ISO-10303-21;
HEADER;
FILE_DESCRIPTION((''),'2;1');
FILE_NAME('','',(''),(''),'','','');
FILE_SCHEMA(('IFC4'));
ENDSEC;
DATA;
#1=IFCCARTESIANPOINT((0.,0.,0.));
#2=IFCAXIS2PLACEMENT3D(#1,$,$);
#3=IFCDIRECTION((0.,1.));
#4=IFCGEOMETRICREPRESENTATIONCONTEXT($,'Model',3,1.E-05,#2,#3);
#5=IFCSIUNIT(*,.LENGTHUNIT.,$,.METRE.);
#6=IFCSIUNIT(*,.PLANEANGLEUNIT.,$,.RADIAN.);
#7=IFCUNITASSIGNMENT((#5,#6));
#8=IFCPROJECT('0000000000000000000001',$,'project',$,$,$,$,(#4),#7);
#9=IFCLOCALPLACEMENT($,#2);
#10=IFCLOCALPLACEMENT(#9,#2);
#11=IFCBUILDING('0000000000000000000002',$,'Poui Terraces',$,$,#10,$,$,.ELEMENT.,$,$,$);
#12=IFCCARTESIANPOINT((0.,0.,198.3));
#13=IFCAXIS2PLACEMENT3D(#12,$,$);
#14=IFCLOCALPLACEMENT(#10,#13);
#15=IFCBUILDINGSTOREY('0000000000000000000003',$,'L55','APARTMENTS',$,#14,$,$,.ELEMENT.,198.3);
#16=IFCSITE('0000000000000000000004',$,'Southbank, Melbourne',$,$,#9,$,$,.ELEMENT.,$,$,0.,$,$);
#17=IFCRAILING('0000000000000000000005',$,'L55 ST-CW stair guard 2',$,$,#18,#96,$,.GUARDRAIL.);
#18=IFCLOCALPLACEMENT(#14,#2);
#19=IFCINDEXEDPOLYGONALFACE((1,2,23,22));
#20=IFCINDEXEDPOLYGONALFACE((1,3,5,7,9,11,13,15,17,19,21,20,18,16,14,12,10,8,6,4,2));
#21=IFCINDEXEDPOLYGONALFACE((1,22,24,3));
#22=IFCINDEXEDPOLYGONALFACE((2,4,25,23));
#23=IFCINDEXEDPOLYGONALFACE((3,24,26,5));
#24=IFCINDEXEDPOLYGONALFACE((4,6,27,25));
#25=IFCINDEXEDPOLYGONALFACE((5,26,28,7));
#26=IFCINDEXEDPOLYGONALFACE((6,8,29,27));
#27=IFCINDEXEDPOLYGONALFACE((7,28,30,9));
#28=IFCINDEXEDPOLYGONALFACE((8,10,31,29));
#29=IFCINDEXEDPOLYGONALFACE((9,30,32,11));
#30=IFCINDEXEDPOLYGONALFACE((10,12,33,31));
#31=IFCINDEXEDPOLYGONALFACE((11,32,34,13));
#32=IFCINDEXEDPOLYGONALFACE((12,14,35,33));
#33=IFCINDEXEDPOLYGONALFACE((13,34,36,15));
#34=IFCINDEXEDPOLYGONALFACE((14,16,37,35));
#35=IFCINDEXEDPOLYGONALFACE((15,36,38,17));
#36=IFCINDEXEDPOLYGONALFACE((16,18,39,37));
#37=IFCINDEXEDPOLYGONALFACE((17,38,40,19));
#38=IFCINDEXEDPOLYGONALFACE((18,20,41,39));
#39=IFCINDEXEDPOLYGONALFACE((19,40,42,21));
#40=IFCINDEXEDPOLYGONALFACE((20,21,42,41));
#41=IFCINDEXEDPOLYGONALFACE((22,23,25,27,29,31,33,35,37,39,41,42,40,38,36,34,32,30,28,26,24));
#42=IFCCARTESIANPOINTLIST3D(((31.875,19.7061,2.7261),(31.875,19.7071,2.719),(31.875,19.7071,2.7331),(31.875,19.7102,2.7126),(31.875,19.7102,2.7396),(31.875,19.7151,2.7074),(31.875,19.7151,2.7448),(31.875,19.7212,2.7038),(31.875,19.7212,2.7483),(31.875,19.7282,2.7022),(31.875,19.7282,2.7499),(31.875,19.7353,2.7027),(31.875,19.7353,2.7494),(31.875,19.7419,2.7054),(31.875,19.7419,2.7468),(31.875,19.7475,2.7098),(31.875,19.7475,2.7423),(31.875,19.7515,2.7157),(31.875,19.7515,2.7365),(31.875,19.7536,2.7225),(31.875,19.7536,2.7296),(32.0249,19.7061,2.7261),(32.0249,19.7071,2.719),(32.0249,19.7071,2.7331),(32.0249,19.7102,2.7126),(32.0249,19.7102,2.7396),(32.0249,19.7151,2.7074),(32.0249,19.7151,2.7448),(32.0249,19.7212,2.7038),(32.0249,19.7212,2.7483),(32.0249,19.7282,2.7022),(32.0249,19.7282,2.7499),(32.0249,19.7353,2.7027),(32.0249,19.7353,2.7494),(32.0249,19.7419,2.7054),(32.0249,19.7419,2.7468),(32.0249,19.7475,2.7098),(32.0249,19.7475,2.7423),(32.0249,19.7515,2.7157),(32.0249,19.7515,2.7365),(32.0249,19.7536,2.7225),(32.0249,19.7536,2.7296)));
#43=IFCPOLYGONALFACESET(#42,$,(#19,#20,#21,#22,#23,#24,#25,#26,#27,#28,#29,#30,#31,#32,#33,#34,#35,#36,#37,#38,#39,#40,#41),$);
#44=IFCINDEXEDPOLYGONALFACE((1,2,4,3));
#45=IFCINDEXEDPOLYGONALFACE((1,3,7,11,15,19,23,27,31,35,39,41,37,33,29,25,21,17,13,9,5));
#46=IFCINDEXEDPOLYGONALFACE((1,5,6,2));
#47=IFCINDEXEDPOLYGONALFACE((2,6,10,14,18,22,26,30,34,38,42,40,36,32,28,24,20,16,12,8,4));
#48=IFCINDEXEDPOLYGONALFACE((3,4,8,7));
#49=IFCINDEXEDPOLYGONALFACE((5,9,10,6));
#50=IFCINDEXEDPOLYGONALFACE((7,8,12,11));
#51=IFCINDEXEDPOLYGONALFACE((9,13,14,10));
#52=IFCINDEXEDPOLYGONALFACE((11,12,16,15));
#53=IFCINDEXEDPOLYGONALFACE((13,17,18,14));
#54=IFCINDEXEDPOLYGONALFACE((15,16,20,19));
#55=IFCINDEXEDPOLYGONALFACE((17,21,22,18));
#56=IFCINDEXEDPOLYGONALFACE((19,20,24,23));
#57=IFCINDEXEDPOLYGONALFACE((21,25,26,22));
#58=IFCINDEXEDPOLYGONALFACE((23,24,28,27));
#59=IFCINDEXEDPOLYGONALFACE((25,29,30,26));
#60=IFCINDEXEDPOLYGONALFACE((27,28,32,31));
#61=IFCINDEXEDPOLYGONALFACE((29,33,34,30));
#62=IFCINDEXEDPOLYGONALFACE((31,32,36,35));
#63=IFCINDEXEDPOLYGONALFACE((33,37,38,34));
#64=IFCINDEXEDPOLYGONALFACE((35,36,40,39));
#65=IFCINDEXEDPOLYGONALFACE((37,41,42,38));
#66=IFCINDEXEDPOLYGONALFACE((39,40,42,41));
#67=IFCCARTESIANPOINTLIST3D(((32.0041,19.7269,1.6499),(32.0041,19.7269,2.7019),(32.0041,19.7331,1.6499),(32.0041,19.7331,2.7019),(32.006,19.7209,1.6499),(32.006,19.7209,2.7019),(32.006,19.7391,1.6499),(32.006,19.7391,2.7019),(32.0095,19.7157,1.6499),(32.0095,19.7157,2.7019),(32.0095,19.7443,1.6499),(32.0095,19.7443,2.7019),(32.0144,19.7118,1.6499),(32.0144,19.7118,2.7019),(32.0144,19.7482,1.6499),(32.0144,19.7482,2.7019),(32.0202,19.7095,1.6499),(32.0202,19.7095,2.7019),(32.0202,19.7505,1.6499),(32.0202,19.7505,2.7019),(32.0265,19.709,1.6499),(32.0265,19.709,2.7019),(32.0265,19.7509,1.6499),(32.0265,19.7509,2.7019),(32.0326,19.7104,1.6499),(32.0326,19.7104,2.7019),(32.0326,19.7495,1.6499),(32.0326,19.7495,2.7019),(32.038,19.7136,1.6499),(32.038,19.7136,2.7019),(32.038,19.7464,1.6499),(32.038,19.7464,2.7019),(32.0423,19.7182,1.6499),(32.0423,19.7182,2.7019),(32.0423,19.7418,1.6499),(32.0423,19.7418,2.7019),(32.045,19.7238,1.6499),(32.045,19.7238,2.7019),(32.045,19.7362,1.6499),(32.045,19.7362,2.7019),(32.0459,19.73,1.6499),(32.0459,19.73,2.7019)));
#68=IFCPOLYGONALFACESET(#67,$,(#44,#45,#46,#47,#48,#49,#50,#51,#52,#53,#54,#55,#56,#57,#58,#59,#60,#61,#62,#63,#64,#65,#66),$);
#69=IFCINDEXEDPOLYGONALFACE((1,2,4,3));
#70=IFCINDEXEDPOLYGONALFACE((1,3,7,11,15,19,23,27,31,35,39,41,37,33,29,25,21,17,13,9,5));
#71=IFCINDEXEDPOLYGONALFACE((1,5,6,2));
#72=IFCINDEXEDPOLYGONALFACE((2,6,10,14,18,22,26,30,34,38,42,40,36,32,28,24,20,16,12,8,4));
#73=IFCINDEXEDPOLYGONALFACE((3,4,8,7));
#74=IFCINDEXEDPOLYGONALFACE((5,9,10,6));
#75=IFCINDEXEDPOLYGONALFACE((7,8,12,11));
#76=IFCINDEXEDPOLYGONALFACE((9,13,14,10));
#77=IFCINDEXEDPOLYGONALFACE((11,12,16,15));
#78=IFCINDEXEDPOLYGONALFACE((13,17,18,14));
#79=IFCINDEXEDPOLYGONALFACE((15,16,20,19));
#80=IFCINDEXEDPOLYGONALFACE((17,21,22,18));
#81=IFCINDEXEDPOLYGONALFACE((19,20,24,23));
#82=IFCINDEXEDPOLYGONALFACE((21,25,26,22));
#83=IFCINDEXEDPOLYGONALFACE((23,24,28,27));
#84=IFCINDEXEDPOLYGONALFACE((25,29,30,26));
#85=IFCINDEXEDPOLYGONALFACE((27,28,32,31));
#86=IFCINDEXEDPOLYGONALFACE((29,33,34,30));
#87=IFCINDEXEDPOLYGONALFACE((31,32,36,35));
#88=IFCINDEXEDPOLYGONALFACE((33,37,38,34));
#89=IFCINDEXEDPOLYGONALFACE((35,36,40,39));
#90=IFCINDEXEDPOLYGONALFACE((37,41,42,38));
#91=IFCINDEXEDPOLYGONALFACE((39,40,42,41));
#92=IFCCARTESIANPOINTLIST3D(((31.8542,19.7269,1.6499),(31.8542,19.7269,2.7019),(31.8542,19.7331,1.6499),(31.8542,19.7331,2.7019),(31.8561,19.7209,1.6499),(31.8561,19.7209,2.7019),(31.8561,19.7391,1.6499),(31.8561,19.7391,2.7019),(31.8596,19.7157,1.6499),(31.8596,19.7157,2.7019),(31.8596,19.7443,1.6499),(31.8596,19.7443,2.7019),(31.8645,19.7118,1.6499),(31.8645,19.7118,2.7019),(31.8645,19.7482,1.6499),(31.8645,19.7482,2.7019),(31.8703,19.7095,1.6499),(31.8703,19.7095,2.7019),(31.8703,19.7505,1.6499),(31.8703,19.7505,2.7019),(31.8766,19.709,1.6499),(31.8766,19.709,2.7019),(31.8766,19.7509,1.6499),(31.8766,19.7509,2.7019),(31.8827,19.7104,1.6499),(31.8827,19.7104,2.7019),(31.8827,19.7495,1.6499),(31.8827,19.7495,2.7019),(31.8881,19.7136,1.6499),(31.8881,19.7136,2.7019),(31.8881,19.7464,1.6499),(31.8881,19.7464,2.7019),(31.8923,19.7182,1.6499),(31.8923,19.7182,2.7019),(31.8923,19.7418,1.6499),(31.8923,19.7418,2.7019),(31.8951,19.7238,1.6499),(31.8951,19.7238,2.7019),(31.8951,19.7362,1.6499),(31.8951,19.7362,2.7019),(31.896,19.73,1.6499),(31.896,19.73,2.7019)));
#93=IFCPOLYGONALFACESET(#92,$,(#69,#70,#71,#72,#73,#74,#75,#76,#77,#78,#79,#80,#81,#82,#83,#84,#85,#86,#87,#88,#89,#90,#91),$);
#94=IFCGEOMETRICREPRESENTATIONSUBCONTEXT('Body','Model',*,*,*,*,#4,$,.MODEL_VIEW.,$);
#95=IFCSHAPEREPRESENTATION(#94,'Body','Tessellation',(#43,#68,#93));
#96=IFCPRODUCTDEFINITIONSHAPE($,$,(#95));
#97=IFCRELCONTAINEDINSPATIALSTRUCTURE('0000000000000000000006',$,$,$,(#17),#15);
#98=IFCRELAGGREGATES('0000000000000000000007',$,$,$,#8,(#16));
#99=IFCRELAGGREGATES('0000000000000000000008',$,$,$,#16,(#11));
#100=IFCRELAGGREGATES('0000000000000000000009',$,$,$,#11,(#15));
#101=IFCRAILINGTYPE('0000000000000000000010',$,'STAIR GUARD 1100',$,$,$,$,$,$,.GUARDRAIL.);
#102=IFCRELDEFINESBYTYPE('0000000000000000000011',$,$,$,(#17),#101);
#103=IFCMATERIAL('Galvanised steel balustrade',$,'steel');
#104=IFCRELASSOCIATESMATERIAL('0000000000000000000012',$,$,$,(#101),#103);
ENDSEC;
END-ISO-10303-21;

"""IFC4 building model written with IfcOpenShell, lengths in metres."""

from ifc_helpers import new_model, si_unit, direction, frame, origin, origin_2d, place, context, subcontext, project, spatial, circle, extrude, material, type_object, element, save


model = new_model("IFC4")

# Units and contexts
model_context = context("Model", 3, precision=1e-05, world=origin(), true_north=direction((0.0, 1.0)))
body_context = subcontext(model_context, "Body", "Model", "MODEL_VIEW")
ifc_project = project(units=[si_unit("LENGTHUNIT", "METRE"), si_unit("PLANEANGLEUNIT", "RADIAN")], contexts=[model_context])

# Site, building, storey
site_placement = place(None, origin())
site = spatial("IfcSite", under=ifc_project, at=site_placement, Name="Southbank, Melbourne", CompositionType="ELEMENT", RefElevation=0.0)
building_placement = place(site_placement, origin())
building = spatial("IfcBuilding", under=site, at=building_placement, Name="Poui Terraces", CompositionType="ELEMENT")
storey_placement = place(building_placement, frame((0.0, 0.0, 198.3)))
storey = spatial("IfcBuildingStorey", under=building, at=storey_placement, Name="L55", Description="APARTMENTS", CompositionType="ELEMENT", Elevation=198.3)

# Railing
ifc_material_1 = material(Name="Galvanised steel balustrade", Category="steel")
railing_type_1 = type_object("IfcRailingType", Name="STAIR GUARD 1100", PredefinedType="GUARDRAIL", material=ifc_material_1)
railing_1_placement = place(storey_placement, frame((32.0249, 19.73, 1.6499)))
element("IfcRailing", 1, at=railing_1_placement, inside=storey, type_object=railing_type_1, Name="L55 ST-CW stair guard 2", PredefinedType="GUARDRAIL", context=body_context, shape_type="SweptSolid", body=[
    extrude(circle(Radius=0.0239, at=origin_2d()), frame((0.0, 0.0, 1.0762), z_axis=(-1.0, 0.0, 0.0), x_axis=(0.0, -1.0, 0.0)), (0.0, 0.0, 1.0), 0.1499),
    extrude(circle(Radius=0.021, at=origin_2d()), origin(), (0.0, 0.0, 1.0), 1.052),
    extrude(circle(Radius=0.021, at=origin_2d()), frame((-0.1499, 0.0, 0.0)), (0.0, 0.0, 1.0), 1.052),
])

save(model, "model.ifc")
